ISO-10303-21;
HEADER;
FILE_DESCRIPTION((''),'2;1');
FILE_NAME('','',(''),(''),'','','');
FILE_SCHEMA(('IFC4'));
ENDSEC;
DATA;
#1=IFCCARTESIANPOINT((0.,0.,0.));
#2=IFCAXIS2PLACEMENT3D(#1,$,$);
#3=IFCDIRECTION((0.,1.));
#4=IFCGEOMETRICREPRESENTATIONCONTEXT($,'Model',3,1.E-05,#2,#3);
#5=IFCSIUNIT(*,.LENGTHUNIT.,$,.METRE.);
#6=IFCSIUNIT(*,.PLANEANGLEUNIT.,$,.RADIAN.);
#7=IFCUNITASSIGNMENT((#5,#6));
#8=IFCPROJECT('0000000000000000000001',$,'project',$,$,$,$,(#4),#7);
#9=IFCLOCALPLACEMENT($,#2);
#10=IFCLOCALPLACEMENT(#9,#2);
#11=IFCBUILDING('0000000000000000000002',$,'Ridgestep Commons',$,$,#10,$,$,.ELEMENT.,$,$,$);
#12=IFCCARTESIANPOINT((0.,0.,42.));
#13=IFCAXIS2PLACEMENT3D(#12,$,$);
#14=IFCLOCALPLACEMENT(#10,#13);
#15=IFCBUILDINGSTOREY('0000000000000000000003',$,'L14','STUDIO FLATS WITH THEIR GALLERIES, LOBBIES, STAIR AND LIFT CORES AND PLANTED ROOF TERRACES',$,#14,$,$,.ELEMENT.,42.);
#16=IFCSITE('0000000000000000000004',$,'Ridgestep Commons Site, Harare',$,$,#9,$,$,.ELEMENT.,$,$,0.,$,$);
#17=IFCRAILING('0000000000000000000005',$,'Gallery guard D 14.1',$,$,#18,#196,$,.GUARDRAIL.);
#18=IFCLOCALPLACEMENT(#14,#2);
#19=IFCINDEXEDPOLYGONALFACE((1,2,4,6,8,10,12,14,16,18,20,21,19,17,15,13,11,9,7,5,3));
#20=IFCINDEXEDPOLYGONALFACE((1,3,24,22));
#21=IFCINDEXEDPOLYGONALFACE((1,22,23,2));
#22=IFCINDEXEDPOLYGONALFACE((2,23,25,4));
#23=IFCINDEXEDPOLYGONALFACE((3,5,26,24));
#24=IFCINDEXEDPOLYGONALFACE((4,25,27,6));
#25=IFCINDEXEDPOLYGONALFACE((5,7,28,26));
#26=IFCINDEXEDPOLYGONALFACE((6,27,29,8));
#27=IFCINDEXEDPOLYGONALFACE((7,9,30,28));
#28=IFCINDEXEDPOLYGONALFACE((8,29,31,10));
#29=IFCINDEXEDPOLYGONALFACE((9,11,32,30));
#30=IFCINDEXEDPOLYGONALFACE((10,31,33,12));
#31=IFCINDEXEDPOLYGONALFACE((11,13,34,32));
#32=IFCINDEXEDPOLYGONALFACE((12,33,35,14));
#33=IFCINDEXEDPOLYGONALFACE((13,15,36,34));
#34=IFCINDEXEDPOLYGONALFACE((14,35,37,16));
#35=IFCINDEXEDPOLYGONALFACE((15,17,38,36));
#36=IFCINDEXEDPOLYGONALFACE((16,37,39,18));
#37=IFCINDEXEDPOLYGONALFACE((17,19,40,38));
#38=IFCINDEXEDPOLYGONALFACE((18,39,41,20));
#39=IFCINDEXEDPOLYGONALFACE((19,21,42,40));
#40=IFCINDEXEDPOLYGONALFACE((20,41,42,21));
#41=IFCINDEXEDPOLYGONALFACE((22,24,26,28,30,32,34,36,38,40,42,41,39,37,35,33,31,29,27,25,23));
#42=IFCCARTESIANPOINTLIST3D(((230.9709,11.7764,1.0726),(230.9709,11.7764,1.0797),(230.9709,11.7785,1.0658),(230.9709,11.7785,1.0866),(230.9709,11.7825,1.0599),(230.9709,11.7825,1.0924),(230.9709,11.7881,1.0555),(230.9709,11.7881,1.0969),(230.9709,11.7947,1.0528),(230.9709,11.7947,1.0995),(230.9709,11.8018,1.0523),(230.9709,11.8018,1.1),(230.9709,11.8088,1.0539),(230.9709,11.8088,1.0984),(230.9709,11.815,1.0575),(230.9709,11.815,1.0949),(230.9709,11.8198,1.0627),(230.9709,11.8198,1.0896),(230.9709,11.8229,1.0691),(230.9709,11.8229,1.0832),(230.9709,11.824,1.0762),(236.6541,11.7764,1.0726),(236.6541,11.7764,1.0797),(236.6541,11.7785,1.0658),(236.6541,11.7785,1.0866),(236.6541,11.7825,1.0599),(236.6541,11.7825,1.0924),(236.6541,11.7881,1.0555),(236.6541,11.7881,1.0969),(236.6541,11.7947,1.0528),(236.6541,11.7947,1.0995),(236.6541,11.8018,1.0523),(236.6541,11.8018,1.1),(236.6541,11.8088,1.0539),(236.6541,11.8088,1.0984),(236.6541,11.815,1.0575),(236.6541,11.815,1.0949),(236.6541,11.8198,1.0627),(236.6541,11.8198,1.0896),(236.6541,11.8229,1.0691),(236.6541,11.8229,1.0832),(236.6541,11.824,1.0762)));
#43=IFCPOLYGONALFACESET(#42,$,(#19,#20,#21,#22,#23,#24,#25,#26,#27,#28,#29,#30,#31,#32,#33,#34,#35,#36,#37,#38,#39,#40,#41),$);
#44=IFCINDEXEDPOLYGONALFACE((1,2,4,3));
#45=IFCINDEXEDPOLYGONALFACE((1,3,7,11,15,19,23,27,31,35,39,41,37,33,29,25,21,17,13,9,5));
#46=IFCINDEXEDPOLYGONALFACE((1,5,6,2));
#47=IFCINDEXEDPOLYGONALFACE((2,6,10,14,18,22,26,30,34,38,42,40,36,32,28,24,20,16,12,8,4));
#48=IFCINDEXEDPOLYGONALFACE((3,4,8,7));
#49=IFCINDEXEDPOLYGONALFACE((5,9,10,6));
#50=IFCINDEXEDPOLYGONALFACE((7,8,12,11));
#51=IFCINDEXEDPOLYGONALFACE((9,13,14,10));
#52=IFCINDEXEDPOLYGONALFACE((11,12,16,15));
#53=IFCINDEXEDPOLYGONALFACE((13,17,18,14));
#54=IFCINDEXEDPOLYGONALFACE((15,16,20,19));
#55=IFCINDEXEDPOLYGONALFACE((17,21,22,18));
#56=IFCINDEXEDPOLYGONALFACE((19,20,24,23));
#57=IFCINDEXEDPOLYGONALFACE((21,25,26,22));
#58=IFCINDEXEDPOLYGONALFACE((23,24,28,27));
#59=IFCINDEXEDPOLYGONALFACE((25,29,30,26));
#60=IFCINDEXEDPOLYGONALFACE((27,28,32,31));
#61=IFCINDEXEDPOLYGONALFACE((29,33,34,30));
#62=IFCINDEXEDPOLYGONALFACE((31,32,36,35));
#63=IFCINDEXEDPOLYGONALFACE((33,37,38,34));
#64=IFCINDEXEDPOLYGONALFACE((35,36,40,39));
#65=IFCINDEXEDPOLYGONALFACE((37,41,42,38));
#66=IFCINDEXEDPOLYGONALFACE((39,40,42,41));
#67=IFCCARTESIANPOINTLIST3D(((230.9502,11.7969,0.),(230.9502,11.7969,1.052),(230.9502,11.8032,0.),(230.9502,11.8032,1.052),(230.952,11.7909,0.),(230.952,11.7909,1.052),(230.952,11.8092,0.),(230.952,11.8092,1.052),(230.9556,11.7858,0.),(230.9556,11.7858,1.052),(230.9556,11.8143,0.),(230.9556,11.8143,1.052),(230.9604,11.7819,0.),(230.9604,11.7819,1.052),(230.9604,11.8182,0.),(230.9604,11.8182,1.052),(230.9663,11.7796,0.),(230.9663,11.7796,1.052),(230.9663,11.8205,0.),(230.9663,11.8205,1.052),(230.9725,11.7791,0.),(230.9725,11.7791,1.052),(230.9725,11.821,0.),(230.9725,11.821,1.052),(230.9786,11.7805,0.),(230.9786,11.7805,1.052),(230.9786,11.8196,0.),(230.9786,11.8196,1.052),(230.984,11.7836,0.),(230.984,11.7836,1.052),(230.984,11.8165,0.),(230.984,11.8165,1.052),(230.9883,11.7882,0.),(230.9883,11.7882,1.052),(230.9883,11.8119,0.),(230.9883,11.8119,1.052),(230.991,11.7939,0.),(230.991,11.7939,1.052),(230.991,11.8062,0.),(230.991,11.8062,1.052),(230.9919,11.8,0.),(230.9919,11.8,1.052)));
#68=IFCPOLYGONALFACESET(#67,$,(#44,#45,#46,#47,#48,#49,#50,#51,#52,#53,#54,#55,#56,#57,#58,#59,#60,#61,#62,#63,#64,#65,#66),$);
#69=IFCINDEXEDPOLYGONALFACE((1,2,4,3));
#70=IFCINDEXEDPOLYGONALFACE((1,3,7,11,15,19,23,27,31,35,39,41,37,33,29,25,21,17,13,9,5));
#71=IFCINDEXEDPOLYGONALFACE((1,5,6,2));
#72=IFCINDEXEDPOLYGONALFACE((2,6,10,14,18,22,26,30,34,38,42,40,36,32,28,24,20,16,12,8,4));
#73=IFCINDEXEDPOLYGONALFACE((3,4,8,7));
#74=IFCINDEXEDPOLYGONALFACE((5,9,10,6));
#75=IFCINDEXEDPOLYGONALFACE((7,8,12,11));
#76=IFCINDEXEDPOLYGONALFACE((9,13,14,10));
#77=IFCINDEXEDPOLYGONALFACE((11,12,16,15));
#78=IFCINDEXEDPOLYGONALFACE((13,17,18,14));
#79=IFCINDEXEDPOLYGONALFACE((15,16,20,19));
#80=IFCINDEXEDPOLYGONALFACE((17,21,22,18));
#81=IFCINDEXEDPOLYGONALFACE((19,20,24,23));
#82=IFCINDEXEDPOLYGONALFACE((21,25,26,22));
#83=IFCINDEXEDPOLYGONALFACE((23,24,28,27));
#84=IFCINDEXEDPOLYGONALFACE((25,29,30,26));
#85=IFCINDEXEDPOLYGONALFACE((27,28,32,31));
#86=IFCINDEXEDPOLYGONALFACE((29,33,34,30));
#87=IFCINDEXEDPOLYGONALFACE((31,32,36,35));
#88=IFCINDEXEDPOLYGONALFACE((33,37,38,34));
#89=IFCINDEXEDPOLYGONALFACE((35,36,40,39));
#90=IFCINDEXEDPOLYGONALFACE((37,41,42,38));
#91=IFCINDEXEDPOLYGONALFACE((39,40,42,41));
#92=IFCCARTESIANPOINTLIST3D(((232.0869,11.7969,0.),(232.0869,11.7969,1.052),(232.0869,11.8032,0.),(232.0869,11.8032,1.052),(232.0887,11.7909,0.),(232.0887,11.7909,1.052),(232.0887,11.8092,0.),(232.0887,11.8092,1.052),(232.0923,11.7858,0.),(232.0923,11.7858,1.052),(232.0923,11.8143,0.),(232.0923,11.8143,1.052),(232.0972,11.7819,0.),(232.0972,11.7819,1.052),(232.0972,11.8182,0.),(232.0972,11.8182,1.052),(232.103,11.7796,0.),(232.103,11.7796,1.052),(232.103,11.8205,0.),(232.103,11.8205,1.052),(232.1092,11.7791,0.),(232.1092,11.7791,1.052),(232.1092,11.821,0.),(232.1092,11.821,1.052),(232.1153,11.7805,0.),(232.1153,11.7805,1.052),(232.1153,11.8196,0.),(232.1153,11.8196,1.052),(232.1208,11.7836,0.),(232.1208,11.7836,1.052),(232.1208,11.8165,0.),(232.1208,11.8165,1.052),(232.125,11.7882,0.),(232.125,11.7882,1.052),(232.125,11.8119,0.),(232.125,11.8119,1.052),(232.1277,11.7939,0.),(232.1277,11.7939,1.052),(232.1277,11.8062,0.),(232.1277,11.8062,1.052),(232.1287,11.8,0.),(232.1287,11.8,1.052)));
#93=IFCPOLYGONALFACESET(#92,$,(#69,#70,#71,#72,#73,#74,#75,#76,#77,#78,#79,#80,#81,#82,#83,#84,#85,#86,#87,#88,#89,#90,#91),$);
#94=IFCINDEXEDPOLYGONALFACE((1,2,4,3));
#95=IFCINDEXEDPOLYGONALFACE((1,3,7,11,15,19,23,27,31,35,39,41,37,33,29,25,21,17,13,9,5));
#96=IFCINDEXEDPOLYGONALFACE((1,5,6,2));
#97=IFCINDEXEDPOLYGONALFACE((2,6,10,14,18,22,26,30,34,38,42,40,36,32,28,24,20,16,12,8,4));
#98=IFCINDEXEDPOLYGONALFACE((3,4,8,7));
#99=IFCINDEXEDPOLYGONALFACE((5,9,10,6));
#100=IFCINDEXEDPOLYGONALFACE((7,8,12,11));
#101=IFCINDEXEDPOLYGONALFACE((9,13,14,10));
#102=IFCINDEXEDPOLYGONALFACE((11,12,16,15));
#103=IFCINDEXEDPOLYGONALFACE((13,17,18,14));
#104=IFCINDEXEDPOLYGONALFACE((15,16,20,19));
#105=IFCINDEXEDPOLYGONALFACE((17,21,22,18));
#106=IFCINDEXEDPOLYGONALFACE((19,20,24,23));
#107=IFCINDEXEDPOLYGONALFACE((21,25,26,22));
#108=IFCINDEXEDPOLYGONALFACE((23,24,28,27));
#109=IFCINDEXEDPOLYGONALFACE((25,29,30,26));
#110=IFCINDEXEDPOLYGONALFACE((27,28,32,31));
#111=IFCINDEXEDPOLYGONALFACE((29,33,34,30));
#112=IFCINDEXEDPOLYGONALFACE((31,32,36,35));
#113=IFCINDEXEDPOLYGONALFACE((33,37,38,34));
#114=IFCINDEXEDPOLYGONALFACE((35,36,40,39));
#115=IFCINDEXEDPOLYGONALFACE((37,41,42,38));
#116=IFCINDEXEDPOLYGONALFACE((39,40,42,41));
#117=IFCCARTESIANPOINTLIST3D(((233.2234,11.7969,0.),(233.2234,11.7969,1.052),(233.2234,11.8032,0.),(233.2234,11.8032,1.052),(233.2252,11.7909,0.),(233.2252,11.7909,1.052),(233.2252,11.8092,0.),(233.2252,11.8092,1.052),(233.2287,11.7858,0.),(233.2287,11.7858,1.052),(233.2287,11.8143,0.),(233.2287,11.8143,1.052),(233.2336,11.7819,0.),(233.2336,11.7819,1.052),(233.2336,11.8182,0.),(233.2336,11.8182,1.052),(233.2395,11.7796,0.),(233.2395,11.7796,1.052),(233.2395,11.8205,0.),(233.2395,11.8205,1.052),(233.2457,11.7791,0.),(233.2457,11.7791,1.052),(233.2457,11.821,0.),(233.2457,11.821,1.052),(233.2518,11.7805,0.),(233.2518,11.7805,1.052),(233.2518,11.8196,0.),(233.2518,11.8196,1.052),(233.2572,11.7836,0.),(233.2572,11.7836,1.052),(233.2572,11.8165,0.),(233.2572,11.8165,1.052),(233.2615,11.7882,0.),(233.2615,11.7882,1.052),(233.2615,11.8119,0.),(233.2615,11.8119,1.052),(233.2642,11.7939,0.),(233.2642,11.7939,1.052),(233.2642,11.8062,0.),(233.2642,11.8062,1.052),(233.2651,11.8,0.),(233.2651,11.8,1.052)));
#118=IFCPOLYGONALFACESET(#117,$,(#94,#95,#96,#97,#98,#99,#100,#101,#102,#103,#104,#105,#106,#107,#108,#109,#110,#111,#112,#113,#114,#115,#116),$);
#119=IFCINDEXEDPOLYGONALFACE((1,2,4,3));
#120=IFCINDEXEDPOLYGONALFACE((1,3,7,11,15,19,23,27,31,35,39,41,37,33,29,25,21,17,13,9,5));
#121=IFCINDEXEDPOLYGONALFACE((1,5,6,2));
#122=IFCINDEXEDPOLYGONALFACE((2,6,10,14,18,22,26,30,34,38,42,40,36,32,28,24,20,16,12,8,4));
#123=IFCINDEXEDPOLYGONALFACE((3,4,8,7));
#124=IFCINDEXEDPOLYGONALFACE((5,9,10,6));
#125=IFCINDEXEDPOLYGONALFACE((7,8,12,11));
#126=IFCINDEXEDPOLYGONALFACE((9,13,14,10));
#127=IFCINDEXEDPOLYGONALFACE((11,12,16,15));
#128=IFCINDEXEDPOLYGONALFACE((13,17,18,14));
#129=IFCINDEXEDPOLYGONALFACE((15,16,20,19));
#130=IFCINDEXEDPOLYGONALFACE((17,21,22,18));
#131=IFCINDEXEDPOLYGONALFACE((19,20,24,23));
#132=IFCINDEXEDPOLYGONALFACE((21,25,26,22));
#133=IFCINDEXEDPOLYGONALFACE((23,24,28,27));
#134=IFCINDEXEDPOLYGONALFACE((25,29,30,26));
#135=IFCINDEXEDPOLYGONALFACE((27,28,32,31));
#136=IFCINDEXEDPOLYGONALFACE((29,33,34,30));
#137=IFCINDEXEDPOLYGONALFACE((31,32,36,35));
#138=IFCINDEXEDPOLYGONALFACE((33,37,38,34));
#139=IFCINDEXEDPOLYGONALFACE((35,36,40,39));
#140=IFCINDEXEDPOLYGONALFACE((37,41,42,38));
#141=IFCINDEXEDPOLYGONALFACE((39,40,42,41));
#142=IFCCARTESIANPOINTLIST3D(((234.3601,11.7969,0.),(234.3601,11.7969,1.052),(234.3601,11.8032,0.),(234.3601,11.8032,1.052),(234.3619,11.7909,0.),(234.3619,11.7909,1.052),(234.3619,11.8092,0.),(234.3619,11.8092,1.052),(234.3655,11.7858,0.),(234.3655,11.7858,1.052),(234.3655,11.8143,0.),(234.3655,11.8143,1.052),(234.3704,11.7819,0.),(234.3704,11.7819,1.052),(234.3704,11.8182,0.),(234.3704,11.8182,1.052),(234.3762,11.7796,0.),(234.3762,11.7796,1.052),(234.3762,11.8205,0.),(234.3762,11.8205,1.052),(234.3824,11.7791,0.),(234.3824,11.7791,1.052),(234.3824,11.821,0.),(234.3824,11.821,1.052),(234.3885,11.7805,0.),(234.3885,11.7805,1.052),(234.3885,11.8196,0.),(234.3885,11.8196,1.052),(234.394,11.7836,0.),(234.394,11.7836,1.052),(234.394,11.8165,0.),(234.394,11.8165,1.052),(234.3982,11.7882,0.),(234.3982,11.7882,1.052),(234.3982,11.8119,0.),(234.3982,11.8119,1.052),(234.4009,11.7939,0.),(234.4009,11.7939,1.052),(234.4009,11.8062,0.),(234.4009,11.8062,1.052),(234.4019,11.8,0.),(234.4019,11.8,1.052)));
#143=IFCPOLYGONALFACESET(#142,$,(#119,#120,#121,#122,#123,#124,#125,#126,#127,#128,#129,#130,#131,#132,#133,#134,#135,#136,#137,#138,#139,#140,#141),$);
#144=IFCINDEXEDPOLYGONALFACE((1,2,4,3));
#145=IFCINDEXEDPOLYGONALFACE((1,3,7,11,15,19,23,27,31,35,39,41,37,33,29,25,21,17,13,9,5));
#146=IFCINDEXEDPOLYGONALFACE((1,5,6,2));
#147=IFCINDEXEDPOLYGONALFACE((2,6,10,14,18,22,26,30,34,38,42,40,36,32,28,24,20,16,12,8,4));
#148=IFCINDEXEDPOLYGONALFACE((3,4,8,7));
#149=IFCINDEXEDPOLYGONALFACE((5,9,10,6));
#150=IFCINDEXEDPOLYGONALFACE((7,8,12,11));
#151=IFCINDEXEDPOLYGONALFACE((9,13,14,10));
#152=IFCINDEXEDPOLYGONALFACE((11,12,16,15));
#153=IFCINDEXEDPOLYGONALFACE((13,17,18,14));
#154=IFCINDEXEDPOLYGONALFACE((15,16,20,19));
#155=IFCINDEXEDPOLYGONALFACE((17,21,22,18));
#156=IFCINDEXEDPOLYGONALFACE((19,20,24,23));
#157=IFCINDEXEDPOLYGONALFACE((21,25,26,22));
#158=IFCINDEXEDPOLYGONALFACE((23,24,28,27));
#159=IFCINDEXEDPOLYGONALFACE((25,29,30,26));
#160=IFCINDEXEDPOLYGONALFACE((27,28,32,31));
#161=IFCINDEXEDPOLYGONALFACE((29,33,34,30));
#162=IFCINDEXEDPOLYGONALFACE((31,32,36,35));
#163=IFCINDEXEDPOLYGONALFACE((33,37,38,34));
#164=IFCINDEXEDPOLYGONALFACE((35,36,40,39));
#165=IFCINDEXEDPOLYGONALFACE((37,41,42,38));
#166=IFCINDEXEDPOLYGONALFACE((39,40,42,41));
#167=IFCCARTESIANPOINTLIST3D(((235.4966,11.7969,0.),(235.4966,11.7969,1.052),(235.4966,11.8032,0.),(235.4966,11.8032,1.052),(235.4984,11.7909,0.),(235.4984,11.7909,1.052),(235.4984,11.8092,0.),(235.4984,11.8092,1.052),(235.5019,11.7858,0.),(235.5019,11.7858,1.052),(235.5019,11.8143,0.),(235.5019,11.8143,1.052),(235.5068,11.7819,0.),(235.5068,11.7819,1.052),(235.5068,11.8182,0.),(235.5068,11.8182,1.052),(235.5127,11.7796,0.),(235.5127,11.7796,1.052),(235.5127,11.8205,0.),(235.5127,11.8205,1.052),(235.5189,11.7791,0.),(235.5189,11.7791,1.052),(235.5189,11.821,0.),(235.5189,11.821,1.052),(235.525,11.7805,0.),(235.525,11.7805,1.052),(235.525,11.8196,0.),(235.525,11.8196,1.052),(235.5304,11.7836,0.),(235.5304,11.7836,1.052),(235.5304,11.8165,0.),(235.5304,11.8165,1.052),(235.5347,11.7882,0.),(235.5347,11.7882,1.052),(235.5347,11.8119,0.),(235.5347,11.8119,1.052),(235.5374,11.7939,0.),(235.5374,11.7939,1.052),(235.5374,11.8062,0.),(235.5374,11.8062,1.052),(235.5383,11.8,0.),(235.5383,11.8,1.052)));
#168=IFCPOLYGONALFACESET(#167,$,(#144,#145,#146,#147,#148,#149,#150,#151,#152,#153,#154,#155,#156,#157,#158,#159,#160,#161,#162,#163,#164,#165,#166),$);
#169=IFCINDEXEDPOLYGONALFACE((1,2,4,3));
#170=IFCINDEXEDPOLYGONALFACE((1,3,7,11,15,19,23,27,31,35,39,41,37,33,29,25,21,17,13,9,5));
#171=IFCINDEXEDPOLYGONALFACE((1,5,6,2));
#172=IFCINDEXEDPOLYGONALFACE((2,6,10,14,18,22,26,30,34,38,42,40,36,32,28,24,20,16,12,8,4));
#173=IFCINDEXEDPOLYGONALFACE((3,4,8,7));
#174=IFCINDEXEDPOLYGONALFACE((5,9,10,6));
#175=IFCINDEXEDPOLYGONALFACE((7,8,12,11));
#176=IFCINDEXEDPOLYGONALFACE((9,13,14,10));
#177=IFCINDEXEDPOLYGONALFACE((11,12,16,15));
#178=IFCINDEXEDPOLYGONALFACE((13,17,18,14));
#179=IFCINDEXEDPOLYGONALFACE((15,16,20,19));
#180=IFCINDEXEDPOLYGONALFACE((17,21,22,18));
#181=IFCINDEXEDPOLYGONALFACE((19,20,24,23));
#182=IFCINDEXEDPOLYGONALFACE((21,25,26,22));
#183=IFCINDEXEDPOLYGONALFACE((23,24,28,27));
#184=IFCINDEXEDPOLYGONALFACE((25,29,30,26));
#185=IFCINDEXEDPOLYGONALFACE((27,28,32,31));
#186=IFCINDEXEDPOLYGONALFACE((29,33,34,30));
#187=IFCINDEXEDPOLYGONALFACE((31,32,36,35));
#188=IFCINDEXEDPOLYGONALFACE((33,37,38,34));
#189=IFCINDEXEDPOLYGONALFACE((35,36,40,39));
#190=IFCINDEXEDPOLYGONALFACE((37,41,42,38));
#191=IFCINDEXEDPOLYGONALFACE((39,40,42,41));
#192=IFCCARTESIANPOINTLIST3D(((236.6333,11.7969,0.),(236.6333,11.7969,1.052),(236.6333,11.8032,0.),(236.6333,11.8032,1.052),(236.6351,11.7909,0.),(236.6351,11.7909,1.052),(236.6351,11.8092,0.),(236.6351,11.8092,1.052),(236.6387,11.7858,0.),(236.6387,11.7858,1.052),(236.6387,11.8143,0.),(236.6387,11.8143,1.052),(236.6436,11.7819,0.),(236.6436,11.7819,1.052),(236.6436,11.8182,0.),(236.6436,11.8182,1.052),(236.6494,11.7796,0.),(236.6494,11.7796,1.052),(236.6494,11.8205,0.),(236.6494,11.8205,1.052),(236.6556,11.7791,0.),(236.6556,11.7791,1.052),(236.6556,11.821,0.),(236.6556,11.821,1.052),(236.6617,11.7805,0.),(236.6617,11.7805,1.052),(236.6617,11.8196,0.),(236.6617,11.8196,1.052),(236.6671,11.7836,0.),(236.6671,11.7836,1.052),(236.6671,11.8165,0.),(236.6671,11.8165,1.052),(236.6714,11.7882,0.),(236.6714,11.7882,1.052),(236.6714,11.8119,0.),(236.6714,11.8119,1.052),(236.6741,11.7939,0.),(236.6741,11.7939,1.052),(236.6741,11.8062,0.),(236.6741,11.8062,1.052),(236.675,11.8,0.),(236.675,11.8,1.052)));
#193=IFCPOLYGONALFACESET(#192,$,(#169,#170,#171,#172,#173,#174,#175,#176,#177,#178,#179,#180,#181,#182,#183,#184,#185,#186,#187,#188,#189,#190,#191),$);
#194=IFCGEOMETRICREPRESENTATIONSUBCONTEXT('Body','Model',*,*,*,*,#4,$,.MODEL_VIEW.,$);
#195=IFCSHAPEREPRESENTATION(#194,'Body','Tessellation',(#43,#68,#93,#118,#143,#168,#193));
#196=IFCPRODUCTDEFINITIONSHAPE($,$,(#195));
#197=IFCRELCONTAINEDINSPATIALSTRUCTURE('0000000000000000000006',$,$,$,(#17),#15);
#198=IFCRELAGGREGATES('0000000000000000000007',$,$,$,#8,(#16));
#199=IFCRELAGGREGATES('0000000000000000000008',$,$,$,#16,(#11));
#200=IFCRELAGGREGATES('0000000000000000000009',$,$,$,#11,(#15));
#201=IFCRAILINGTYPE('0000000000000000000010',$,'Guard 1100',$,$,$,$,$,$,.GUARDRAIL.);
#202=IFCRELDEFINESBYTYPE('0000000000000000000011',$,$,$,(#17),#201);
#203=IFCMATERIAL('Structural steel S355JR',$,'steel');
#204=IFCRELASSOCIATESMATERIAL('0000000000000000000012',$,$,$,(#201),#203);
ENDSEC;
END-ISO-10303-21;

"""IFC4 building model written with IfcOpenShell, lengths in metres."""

from ifc_helpers import new_model, si_unit, direction, frame, origin, origin_2d, place, context, subcontext, project, spatial, circle, extrude, material, type_object, element, save


model = new_model("IFC4")

# Units and contexts
model_context = context("Model", 3, precision=1e-05, world=origin(), true_north=direction((0.0, 1.0)))
body_context = subcontext(model_context, "Body", "Model", "MODEL_VIEW")
ifc_project = project(units=[si_unit("LENGTHUNIT", "METRE"), si_unit("PLANEANGLEUNIT", "RADIAN")], contexts=[model_context])

# Site, building, storey
site_placement = place(None, origin())
site = spatial("IfcSite", under=ifc_project, at=site_placement, Name="Ridgestep Commons Site, Harare", CompositionType="ELEMENT", RefElevation=0.0)
building_placement = place(site_placement, origin())
building = spatial("IfcBuilding", under=site, at=building_placement, Name="Ridgestep Commons", CompositionType="ELEMENT")
storey_placement = place(building_placement, frame((0.0, 0.0, 42.0)))
storey = spatial("IfcBuildingStorey", under=building, at=storey_placement, Name="L14", Description="STUDIO FLATS WITH THEIR GALLERIES, LOBBIES, STAIR AND LIFT CORES AND PLANTED ROOF TERRACES", CompositionType="ELEMENT", Elevation=42.0)

# Railing
ifc_material_1 = material(Name="Structural steel S355JR", Category="steel")
railing_type = type_object("IfcRailingType", Name="Guard 1100", PredefinedType="GUARDRAIL", material=ifc_material_1)
railing_1_placement = place(storey_placement, frame((230.9709, 11.8, 0.0)))
element("IfcRailing", 1, at=railing_1_placement, inside=storey, type_object=railing_type, Name="Gallery guard D 14.1", PredefinedType="GUARDRAIL", context=body_context, shape_type="SweptSolid", body=[
    extrude(circle(Radius=0.0239, at=origin_2d()), frame((0.0, 0.0, 1.0762), z_axis=(1.0, 0.0, 0.0), x_axis=(0.0, 1.0, 0.0)), (0.0, 0.0, 1.0), 5.6831),
    extrude(circle(Radius=0.021, at=origin_2d()), origin(), (0.0, 0.0, 1.0), 1.052),
    extrude(circle(Radius=0.021, at=origin_2d()), frame((1.1367, 0.0, 0.0)), (0.0, 0.0, 1.0), 1.052),
    extrude(circle(Radius=0.021, at=origin_2d()), frame((2.2732, 0.0, 0.0)), (0.0, 0.0, 1.0), 1.052),
    extrude(circle(Radius=0.021, at=origin_2d()), frame((3.4099, 0.0, 0.0)), (0.0, 0.0, 1.0), 1.052),
    extrude(circle(Radius=0.021, at=origin_2d()), frame((4.5464, 0.0, 0.0)), (0.0, 0.0, 1.0), 1.052),
    extrude(circle(Radius=0.021, at=origin_2d()), frame((5.6831, 0.0, 0.0)), (0.0, 0.0, 1.0), 1.052),
])

save(model, "model.ifc")
